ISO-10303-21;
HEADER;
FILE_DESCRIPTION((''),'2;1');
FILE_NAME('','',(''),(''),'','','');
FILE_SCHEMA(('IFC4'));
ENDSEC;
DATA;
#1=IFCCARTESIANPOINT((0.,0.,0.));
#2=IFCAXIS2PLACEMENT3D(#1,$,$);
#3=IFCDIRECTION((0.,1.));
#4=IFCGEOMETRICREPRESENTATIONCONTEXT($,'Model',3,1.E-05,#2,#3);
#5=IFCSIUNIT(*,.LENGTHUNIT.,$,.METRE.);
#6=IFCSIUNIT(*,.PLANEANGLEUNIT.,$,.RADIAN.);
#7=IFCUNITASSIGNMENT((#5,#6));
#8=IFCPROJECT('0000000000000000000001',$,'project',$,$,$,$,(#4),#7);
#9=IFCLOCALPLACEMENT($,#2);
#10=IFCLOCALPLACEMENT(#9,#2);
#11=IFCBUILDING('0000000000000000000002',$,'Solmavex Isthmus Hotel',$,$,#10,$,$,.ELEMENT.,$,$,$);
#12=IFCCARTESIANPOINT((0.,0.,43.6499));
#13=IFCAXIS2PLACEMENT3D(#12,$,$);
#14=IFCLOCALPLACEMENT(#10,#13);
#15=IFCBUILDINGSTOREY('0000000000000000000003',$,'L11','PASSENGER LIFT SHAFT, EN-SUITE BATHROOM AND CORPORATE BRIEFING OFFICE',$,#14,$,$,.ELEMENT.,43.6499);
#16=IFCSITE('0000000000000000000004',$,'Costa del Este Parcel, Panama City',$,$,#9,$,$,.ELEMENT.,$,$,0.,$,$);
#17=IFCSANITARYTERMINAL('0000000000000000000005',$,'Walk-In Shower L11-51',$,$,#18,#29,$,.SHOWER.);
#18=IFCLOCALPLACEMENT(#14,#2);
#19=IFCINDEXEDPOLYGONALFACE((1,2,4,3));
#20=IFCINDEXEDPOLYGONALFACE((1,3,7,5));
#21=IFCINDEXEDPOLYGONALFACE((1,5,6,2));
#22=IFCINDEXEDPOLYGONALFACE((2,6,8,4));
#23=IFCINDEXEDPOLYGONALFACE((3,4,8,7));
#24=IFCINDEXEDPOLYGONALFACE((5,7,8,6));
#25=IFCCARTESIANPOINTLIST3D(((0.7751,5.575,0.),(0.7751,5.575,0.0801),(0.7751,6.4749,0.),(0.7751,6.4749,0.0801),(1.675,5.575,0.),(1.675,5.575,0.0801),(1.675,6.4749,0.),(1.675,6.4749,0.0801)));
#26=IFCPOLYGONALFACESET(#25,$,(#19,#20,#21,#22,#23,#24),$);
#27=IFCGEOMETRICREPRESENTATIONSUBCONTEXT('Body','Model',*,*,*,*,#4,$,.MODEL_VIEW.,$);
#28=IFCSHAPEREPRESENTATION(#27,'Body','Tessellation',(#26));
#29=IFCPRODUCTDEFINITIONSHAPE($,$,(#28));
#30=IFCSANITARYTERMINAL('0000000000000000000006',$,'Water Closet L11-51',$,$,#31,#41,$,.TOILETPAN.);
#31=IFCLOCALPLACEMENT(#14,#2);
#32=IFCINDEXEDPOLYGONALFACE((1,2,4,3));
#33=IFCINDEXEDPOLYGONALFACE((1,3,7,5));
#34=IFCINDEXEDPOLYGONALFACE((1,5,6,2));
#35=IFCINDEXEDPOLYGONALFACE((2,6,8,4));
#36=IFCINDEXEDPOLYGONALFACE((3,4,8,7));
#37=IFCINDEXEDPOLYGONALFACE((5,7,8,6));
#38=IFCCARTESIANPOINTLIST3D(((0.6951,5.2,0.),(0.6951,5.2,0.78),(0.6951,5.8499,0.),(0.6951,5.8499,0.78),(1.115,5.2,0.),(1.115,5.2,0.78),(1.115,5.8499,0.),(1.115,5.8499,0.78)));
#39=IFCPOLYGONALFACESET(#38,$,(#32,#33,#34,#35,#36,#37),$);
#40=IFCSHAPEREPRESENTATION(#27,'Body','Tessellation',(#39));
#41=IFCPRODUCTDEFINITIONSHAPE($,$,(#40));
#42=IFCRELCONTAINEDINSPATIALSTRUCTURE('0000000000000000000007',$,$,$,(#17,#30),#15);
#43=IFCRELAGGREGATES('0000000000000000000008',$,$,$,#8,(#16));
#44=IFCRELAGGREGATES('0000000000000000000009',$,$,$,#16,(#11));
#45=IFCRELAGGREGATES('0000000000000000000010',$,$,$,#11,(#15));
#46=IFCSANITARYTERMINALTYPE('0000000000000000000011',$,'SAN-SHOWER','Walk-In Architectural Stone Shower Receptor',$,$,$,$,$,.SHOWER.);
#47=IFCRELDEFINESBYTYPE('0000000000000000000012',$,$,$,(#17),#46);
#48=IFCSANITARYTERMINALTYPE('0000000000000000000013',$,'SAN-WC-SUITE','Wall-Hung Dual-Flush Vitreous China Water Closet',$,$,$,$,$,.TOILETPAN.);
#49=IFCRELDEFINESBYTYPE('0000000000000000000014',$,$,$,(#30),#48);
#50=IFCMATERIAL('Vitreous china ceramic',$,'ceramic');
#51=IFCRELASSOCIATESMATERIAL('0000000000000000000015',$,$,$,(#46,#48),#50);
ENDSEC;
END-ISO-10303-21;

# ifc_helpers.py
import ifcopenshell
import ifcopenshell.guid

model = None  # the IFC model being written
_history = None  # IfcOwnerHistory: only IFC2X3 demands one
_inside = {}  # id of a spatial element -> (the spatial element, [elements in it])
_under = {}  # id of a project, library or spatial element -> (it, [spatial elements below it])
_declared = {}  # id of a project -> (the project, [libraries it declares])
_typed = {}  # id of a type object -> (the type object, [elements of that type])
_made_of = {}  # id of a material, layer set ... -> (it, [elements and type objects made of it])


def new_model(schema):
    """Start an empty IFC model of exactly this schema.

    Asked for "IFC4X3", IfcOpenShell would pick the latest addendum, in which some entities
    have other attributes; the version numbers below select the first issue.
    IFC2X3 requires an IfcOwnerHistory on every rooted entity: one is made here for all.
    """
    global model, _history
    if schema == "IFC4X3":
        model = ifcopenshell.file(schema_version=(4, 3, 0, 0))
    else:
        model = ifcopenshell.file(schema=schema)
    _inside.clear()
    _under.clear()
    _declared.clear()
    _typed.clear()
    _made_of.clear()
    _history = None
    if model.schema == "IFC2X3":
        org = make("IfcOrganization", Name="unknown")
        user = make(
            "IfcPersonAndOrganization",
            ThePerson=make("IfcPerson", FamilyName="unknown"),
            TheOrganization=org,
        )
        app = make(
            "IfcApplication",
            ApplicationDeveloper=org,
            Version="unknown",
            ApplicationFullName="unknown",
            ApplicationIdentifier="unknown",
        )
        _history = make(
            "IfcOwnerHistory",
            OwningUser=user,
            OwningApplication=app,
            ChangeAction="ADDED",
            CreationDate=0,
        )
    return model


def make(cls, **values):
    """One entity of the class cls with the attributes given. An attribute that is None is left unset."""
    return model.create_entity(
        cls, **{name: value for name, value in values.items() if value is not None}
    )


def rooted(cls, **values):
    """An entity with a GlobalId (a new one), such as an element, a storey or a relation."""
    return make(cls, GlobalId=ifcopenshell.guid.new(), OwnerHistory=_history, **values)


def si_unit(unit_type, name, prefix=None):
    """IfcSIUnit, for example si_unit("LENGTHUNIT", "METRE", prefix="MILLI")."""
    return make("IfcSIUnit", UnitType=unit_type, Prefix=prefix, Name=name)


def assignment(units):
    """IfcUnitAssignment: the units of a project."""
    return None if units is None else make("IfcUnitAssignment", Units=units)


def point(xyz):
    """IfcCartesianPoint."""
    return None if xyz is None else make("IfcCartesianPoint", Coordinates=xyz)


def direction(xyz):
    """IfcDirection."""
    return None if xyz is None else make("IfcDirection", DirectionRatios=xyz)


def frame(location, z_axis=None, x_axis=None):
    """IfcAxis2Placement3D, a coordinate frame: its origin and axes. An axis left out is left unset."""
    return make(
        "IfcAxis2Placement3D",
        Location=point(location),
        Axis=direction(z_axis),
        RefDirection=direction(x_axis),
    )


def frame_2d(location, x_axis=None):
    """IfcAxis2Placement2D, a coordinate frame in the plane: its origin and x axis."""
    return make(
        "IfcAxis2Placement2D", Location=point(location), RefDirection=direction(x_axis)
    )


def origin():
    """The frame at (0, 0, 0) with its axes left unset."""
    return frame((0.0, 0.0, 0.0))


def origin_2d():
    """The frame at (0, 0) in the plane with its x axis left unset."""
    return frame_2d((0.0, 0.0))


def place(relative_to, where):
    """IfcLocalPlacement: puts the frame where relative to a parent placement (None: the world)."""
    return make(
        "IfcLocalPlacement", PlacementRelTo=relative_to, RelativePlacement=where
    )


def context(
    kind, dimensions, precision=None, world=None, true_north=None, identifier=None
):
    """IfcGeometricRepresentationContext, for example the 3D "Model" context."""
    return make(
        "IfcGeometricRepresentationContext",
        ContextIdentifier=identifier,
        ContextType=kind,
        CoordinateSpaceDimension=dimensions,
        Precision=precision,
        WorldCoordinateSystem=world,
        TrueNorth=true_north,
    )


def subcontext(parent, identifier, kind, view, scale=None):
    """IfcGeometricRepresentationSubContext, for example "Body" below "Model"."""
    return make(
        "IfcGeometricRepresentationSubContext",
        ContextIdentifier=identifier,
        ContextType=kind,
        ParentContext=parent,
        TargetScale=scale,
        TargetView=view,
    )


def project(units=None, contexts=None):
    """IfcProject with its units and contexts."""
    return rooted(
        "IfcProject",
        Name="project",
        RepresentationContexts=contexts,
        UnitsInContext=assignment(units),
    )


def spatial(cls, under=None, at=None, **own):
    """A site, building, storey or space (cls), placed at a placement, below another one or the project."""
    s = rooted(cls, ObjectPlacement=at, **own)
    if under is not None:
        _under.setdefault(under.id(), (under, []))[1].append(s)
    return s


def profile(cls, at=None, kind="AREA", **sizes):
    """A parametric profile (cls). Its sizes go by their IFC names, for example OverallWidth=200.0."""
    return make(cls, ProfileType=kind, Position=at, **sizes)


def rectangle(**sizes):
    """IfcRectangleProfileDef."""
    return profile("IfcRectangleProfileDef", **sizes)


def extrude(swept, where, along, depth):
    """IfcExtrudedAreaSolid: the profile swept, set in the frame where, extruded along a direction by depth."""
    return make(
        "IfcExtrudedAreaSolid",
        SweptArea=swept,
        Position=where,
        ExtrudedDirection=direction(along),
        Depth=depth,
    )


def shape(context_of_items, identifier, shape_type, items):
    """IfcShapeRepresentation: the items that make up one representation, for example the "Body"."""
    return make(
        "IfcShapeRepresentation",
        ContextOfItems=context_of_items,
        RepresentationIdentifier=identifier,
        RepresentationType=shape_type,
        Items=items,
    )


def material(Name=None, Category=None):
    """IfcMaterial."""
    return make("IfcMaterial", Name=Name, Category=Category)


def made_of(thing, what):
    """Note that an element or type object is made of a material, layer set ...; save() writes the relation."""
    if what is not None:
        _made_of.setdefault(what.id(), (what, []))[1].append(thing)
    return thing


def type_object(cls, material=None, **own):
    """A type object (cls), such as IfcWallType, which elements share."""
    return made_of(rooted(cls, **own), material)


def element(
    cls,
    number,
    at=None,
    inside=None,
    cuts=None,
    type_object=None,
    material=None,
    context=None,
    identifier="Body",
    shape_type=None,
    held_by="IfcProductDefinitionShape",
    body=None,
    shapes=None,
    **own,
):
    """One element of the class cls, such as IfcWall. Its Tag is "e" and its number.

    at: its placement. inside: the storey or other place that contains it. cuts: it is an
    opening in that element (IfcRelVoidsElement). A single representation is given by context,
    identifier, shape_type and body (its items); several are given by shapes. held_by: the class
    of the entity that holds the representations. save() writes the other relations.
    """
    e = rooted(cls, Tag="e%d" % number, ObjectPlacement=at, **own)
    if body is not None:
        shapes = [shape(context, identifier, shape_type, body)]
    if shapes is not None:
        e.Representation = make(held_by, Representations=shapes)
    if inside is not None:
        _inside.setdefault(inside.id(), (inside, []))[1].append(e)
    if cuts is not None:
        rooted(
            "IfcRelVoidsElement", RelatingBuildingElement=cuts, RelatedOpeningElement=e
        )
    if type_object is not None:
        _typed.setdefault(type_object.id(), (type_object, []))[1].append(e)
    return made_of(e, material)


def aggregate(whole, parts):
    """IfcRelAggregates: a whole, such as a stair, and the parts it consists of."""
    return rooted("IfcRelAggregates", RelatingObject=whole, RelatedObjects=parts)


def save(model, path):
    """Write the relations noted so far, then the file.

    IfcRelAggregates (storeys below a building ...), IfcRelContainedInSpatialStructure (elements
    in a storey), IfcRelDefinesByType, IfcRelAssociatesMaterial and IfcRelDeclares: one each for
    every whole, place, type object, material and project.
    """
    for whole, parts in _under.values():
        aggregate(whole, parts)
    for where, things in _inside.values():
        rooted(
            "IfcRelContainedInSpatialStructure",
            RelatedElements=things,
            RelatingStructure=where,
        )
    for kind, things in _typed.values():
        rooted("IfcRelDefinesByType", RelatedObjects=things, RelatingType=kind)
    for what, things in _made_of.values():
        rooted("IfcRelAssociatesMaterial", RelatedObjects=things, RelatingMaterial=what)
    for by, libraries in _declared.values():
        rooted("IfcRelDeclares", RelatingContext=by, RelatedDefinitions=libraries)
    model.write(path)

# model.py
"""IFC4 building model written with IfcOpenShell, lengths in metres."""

from ifc_helpers import new_model, si_unit, direction, frame, origin, origin_2d, place, context, subcontext, project, spatial, rectangle, extrude, material, type_object, element, save


model = new_model("IFC4")

# Units and contexts
model_context = context("Model", 3, precision=1e-05, world=origin(), true_north=direction((0.0, 1.0)))
body_context = subcontext(model_context, "Body", "Model", "MODEL_VIEW")
ifc_project = project(units=[si_unit("LENGTHUNIT", "METRE"), si_unit("PLANEANGLEUNIT", "RADIAN")], contexts=[model_context])

# Site, building, storey
site_placement = place(None, origin())
site = spatial("IfcSite", under=ifc_project, at=site_placement, Name="Costa del Este Parcel, Panama City", CompositionType="ELEMENT", RefElevation=0.0)
building_placement = place(site_placement, origin())
building = spatial("IfcBuilding", under=site, at=building_placement, Name="Solmavex Isthmus Hotel", CompositionType="ELEMENT")
storey_placement = place(building_placement, frame((0.0, 0.0, 43.6499)))
storey = spatial("IfcBuildingStorey", under=building, at=storey_placement, Name="L11", Description="PASSENGER LIFT SHAFT, EN-SUITE BATHROOM AND CORPORATE BRIEFING OFFICE", CompositionType="ELEMENT", Elevation=43.6499)

# Sanitary terminals
ifc_material_1 = material(Name="Vitreous china ceramic", Category="ceramic")
sanitary_terminal_type_1 = type_object("IfcSanitaryTerminalType", Name="SAN-SHOWER", Description="Walk-In Architectural Stone Shower Receptor", PredefinedType="SHOWER", material=ifc_material_1)
sanitary_terminal_1_placement = place(storey_placement, frame((1.2251, 6.0249, 0.0), z_axis=(0.0, 0.0, 1.0), x_axis=(1.0, 0.0, 0.0)))
element("IfcSanitaryTerminal", 1, at=sanitary_terminal_1_placement, inside=storey, type_object=sanitary_terminal_type_1, Name="Walk-In Shower L11-51", PredefinedType="SHOWER", context=body_context, shape_type="SweptSolid", body=[
    extrude(rectangle(XDim=0.8999, YDim=0.8999, at=origin_2d()), origin(), (0.0, 0.0, 1.0), 0.0801),
])
sanitary_terminal_type_2 = type_object("IfcSanitaryTerminalType", Name="SAN-WC-SUITE", Description="Wall-Hung Dual-Flush Vitreous China Water Closet", PredefinedType="TOILETPAN", material=ifc_material_1)
sanitary_terminal_2_placement = place(storey_placement, frame((0.905, 5.5249, 0.0), z_axis=(0.0, 0.0, 1.0), x_axis=(1.0, 0.0, 0.0)))
element("IfcSanitaryTerminal", 2, at=sanitary_terminal_2_placement, inside=storey, type_object=sanitary_terminal_type_2, Name="Water Closet L11-51", PredefinedType="TOILETPAN", context=body_context, shape_type="SweptSolid", body=[
    extrude(rectangle(XDim=0.4199, YDim=0.6499, at=origin_2d()), origin(), (0.0, 0.0, 1.0), 0.78),
])

save(model, "model.ifc")
